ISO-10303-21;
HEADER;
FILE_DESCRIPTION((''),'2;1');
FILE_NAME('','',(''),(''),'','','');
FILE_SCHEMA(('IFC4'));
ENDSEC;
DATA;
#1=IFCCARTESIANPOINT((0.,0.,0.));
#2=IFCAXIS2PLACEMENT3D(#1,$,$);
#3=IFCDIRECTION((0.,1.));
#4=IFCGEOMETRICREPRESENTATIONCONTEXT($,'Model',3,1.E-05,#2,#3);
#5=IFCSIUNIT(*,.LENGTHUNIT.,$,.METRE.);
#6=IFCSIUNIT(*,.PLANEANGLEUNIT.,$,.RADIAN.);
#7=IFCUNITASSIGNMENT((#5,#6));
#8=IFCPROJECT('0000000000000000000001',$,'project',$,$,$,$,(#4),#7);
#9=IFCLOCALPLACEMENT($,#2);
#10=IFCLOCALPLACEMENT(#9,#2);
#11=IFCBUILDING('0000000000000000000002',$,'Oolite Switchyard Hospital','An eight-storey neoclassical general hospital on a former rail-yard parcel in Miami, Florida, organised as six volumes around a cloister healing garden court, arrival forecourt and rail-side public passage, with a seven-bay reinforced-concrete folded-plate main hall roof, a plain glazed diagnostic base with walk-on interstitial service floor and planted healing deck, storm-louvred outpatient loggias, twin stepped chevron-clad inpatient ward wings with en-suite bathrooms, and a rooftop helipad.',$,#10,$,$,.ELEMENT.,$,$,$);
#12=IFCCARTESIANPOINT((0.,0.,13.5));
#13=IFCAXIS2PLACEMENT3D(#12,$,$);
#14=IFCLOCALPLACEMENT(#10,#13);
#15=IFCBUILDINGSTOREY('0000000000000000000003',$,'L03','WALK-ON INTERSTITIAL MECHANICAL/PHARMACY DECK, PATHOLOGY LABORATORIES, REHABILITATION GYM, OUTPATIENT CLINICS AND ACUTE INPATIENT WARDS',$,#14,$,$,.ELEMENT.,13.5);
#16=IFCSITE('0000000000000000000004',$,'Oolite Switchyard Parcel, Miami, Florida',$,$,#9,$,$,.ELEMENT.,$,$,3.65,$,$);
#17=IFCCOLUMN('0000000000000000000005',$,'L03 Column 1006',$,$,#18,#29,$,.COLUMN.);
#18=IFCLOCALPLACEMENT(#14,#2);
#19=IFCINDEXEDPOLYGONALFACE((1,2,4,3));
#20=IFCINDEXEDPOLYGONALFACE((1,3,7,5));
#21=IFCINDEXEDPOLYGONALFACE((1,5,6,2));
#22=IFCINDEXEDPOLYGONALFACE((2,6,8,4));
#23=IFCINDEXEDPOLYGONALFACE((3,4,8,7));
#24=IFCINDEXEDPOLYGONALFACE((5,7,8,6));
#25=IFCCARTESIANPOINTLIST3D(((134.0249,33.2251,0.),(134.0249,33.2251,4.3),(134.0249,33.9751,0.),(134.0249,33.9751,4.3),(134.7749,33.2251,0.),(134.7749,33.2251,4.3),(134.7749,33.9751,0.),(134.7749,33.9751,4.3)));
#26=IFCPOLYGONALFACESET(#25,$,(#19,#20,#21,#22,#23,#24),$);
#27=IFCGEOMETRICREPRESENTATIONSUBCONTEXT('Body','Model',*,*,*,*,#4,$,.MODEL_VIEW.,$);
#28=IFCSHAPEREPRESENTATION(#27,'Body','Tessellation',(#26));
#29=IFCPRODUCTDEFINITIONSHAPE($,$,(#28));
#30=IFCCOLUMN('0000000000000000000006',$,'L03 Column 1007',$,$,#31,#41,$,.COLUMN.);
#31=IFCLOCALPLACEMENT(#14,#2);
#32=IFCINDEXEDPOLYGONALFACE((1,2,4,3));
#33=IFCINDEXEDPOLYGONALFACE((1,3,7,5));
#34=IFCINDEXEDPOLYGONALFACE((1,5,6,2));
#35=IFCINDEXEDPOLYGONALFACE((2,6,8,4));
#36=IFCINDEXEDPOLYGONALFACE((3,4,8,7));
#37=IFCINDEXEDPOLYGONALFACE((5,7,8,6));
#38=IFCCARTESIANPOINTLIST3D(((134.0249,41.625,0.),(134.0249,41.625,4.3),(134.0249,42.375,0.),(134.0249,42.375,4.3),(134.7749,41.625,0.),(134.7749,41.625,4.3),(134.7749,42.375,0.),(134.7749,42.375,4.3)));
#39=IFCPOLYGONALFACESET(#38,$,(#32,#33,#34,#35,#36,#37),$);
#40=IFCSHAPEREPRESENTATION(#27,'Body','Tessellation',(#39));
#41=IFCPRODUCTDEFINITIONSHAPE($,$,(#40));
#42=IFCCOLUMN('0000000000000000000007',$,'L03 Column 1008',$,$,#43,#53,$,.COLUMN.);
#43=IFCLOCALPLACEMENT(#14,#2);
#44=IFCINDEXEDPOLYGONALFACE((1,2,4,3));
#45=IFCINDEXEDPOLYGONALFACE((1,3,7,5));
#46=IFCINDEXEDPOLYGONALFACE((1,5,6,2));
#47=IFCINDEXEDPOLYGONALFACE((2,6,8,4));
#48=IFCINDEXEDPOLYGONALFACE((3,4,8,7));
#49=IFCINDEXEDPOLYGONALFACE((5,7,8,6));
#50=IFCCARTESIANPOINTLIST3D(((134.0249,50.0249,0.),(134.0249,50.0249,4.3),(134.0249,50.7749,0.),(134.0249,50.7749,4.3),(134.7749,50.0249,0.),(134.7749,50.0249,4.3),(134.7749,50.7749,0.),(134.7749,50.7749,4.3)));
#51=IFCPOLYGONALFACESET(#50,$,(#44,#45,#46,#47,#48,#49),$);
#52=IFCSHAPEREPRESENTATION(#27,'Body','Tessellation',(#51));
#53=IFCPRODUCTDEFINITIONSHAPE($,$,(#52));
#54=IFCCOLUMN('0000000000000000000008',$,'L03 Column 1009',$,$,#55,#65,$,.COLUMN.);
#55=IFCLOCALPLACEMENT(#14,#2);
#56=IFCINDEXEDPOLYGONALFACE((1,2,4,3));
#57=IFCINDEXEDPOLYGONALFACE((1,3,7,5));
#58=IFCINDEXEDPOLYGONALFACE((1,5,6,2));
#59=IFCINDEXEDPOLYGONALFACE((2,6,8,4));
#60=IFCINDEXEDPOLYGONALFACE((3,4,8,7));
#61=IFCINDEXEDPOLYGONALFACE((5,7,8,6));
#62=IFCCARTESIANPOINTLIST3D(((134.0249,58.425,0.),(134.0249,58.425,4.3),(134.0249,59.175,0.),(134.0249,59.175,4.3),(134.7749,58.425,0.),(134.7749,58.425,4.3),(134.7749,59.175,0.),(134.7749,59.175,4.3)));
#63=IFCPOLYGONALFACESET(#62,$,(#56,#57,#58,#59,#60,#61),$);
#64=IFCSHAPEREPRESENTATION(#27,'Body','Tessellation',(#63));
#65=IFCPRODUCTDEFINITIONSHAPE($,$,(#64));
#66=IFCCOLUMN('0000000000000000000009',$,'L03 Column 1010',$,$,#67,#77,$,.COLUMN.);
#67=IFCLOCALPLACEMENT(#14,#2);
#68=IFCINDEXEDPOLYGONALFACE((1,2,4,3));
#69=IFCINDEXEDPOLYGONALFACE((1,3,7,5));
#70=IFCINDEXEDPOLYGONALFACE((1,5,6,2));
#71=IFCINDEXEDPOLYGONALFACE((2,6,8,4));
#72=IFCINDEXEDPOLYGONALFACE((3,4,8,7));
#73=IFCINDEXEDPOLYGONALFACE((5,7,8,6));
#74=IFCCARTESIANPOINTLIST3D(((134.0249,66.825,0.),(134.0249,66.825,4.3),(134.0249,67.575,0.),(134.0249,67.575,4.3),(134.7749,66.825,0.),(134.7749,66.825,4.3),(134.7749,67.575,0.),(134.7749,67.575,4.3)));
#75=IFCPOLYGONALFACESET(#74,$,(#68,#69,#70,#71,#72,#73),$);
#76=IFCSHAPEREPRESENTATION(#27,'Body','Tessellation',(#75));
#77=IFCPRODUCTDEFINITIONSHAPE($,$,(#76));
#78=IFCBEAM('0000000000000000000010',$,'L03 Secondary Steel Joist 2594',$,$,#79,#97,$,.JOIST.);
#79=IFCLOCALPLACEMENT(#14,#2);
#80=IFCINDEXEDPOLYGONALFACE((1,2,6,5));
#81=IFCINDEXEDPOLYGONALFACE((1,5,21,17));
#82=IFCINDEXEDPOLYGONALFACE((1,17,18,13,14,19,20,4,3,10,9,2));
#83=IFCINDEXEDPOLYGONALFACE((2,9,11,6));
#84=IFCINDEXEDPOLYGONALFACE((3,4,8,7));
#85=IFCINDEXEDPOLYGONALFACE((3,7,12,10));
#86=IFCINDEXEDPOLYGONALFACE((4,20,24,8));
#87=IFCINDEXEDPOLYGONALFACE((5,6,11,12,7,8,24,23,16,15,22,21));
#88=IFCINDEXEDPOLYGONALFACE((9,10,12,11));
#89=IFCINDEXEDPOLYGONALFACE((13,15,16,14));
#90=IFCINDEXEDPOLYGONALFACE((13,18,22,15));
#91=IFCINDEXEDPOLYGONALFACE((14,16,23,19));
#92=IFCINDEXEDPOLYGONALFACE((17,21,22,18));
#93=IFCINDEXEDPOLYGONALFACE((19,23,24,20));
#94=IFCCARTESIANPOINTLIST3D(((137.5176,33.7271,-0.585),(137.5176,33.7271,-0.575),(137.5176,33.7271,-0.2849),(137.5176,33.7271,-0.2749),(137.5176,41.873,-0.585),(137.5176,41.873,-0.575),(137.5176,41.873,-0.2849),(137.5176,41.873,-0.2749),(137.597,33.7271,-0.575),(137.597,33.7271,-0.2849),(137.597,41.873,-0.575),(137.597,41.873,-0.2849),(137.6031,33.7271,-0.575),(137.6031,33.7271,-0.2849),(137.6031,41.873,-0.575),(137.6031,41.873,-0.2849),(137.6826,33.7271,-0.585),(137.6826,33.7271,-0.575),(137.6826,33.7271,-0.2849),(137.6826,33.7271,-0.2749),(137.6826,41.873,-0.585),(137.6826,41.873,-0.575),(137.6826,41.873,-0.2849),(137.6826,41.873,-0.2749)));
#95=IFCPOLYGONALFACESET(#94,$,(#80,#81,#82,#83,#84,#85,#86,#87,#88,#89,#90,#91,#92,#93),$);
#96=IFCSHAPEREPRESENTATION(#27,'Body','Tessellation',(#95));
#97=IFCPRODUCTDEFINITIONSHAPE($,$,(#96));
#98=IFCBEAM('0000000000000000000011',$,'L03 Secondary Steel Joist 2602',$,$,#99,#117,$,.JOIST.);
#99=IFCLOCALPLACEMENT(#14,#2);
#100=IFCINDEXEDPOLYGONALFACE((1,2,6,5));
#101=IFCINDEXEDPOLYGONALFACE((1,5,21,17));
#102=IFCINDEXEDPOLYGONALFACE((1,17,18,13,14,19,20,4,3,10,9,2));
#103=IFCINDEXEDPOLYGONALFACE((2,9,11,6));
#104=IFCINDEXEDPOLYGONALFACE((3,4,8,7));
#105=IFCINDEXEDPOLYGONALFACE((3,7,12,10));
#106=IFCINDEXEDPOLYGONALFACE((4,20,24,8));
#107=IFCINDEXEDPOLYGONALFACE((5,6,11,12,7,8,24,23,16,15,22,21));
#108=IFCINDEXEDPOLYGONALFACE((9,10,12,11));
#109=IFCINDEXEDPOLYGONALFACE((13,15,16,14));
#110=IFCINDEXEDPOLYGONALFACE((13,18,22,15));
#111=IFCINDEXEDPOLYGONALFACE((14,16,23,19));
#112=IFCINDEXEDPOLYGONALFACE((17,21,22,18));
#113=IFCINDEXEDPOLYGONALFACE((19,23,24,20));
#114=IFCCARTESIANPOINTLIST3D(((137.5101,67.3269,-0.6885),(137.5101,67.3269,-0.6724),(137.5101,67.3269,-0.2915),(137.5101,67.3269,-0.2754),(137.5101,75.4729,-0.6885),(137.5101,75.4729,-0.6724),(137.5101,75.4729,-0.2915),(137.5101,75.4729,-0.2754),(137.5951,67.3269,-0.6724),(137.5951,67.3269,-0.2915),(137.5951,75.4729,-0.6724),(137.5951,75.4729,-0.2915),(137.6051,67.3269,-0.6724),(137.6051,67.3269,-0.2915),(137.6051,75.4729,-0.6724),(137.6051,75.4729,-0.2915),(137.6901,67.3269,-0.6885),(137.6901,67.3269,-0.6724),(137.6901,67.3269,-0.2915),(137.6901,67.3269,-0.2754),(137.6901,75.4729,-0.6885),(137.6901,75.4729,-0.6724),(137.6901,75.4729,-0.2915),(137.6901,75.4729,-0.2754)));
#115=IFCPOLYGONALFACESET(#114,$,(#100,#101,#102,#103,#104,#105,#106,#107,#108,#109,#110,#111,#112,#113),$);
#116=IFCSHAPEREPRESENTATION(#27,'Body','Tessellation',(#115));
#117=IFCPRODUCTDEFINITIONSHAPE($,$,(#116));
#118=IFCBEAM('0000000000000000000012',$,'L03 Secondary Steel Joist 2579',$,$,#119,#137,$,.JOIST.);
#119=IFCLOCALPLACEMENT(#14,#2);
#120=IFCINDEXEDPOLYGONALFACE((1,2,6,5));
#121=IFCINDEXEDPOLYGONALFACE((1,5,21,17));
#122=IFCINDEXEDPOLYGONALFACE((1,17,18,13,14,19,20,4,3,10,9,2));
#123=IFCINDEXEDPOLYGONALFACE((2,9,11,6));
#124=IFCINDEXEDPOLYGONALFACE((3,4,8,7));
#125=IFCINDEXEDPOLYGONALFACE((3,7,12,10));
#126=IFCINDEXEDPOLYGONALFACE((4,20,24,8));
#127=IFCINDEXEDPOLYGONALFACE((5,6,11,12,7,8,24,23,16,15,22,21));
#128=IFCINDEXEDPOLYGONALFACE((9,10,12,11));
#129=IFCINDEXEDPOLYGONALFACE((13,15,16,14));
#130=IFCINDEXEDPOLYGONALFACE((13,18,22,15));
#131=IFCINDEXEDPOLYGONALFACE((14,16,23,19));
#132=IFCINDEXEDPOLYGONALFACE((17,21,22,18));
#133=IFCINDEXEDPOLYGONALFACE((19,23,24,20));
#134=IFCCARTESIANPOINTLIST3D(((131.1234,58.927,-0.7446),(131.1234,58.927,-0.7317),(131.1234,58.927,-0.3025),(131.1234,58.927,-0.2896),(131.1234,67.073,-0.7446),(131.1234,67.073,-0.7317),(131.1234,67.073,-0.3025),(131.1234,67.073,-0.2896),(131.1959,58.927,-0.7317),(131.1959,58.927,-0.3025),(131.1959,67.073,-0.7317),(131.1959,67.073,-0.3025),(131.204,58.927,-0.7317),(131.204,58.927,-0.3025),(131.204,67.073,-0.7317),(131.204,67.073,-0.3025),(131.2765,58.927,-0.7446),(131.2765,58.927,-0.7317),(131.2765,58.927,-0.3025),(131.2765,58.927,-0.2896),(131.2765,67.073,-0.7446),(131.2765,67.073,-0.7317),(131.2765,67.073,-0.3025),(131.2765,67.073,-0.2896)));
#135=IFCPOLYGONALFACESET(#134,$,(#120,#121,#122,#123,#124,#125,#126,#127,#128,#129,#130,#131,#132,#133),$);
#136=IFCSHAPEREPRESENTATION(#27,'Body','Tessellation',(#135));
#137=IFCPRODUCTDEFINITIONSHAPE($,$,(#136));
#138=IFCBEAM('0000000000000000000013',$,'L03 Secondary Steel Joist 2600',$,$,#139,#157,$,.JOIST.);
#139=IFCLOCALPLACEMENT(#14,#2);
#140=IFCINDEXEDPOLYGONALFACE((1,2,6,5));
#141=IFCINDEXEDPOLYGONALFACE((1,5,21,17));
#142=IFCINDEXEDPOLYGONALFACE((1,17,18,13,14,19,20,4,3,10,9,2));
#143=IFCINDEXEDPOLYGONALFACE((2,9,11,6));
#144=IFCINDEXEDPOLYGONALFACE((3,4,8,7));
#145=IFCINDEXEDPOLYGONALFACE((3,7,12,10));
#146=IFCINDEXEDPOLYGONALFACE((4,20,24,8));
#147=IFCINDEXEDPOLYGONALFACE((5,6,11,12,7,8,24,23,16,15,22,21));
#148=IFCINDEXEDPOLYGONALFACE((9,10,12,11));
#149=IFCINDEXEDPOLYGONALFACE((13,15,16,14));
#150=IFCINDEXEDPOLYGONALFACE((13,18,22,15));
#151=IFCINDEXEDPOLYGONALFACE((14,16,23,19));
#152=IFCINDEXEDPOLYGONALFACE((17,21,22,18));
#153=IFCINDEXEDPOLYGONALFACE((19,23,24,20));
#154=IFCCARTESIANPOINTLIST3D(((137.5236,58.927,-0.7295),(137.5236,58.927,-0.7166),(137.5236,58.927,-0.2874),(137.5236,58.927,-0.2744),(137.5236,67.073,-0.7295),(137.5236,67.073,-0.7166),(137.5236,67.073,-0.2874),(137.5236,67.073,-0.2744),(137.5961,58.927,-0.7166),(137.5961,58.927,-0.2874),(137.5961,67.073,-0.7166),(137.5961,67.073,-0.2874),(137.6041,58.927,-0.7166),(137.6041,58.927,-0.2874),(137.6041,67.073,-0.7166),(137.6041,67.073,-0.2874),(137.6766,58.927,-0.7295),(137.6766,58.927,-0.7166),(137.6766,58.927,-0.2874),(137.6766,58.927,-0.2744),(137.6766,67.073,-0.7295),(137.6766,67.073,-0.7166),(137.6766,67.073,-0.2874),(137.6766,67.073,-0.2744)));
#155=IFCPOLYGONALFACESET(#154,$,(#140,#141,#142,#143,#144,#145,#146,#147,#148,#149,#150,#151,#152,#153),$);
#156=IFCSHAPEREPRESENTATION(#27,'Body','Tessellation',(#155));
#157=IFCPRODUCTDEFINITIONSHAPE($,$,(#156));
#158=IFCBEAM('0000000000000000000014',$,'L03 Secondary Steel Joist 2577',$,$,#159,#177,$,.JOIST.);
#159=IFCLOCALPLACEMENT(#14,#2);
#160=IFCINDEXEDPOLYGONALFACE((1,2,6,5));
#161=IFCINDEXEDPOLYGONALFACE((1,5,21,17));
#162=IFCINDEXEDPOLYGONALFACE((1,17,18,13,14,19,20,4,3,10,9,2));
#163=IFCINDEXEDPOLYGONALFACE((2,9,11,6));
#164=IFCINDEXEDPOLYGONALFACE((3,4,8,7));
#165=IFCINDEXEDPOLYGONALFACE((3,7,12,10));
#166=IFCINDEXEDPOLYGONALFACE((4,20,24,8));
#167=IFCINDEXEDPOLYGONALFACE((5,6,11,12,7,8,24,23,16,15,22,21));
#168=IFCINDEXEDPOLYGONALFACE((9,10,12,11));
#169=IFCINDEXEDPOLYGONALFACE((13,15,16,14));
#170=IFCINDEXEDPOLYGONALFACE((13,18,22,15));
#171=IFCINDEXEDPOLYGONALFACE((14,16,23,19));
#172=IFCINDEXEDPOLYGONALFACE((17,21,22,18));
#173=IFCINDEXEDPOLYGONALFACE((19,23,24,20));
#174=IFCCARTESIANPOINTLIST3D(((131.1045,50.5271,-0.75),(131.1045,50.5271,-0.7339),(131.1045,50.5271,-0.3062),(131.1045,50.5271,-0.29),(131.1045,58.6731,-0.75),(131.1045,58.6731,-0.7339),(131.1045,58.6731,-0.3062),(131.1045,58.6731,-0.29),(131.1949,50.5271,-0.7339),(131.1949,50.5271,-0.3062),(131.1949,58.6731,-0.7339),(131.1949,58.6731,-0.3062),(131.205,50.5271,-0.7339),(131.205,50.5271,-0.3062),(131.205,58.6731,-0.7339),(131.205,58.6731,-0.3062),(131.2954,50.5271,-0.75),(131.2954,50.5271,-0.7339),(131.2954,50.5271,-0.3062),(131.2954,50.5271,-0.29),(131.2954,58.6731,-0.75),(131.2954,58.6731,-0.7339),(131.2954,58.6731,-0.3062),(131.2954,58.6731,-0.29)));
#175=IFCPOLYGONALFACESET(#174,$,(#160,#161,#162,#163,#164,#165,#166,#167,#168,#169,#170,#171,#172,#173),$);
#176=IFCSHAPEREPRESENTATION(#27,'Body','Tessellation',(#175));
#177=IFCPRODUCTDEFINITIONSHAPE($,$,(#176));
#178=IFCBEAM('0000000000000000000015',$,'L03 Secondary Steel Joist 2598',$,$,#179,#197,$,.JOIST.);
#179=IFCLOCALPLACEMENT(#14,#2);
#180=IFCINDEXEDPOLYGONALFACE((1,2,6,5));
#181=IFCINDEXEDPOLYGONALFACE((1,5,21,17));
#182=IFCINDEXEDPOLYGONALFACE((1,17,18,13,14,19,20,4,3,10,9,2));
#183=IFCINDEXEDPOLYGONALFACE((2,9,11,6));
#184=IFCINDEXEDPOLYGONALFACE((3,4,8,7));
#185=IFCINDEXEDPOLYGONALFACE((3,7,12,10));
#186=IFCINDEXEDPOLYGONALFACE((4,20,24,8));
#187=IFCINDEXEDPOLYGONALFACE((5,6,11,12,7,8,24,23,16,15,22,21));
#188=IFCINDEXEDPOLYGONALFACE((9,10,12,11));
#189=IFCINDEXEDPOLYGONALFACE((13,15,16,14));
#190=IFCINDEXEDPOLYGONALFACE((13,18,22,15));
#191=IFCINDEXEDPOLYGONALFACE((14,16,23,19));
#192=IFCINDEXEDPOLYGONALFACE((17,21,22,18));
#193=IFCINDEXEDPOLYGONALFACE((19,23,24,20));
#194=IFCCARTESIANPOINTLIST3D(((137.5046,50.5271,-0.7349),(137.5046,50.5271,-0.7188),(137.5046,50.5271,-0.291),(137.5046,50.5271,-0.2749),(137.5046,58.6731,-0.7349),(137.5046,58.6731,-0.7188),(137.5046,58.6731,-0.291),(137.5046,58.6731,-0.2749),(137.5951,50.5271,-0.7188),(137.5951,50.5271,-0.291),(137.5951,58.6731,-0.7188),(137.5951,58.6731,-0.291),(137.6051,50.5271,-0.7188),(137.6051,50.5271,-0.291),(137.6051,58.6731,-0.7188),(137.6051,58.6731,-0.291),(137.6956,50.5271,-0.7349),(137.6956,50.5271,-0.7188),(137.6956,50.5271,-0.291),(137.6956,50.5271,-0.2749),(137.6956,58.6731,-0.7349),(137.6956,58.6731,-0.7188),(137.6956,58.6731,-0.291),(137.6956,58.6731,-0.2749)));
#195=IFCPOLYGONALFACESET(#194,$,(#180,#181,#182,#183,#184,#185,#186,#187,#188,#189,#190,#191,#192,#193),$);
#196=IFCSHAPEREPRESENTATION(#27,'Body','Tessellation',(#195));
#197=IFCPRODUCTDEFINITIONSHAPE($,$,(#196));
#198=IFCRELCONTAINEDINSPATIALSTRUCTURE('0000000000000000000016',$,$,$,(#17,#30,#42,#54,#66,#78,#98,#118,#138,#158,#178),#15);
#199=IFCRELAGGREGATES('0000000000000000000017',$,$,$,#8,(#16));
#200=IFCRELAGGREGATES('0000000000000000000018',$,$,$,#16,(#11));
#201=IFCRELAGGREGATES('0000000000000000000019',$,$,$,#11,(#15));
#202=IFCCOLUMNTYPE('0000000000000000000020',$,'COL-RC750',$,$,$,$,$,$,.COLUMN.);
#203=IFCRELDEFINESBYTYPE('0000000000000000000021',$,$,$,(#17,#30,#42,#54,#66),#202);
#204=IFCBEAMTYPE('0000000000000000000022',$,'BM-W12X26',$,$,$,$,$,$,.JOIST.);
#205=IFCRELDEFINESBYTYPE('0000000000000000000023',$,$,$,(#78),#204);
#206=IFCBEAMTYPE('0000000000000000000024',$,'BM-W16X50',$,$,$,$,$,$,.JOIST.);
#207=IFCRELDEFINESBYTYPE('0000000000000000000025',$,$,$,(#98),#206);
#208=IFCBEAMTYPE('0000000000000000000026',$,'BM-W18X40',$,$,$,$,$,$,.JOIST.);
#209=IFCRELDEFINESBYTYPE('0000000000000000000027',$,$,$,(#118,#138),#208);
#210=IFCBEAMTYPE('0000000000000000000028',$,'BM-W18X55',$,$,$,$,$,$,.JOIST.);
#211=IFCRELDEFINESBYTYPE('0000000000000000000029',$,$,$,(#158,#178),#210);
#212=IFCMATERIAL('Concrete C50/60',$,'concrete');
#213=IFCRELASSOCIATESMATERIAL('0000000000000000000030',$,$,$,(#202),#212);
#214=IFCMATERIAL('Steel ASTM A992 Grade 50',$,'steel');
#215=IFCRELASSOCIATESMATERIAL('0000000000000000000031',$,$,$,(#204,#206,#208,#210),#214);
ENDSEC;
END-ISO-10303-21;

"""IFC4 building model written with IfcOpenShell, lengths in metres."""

from ifc_helpers import new_model, si_unit, direction, frame, origin, origin_2d, place, context, subcontext, project, spatial, rectangle, i_section, extrude, material, material_profile, profile_set, type_object, element, save


model = new_model("IFC4")

# Units and contexts
model_context = context("Model", 3, precision=1e-05, world=origin(), true_north=direction((0.0, 1.0)))
body_context = subcontext(model_context, "Body", "Model", "MODEL_VIEW")
ifc_project = project(units=[si_unit("LENGTHUNIT", "METRE"), si_unit("PLANEANGLEUNIT", "RADIAN")], contexts=[model_context])

# Site, building, storey
site_placement = place(None, origin())
site = spatial("IfcSite", under=ifc_project, at=site_placement, Name="Oolite Switchyard Parcel, Miami, Florida", CompositionType="ELEMENT", RefElevation=3.65)
building_placement = place(site_placement, origin())
building = spatial("IfcBuilding", under=site, at=building_placement, Name="Oolite Switchyard Hospital", Description="An eight-storey neoclassical general hospital on a former rail-yard parcel in Miami, Florida, organised as six volumes around a cloister healing garden court, arrival forecourt and rail-side public passage, with a seven-bay reinforced-concrete folded-plate main hall roof, a plain glazed diagnostic base with walk-on interstitial service floor and planted healing deck, storm-louvred outpatient loggias, twin stepped chevron-clad inpatient ward wings with en-suite bathrooms, and a rooftop helipad.", CompositionType="ELEMENT")
storey_placement = place(building_placement, frame((0.0, 0.0, 13.5)))
storey = spatial("IfcBuildingStorey", under=building, at=storey_placement, Name="L03", Description="WALK-ON INTERSTITIAL MECHANICAL/PHARMACY DECK, PATHOLOGY LABORATORIES, REHABILITATION GYM, OUTPATIENT CLINICS AND ACUTE INPATIENT WARDS", CompositionType="ELEMENT", Elevation=13.5)

# Columns
ifc_material_1 = material(Name="Concrete C50/60", Category="concrete")
ifc_material_profile_1 = material_profile(ifc_material_1, rectangle(XDim=0.75, YDim=0.75, at=origin_2d()), Name="RC750X750")
ifc_profile_set_1 = profile_set([ifc_material_profile_1], Name="Concrete C50/60")
column_type = type_object("IfcColumnType", Name="COL-RC750", PredefinedType="COLUMN", material=ifc_profile_set_1)
for number, where, z_axis, x_axis, name in (
    (1, (134.3999, 33.6001, 0.0), (0.0, 0.0, 1.0), (1.0, 0.0, 0.0), "L03 Column 1006"),
    (2, (134.3999, 42.0, 0.0), (0.0, 0.0, 1.0), (1.0, 0.0, 0.0), "L03 Column 1007"),
    (3, (134.3999, 50.3999, 0.0), (0.0, 0.0, 1.0), (1.0, 0.0, 0.0), "L03 Column 1008"),
    (4, (134.3999, 58.8, 0.0), (0.0, 0.0, 1.0), (1.0, 0.0, 0.0), "L03 Column 1009"),
    (5, (134.3999, 67.2, 0.0), (0.0, 0.0, 1.0), (1.0, 0.0, 0.0), "L03 Column 1010"),
):
    element("IfcColumn", number, at=place(storey_placement, frame(where, z_axis=z_axis, x_axis=x_axis)), inside=storey, type_object=column_type, Name=name, PredefinedType="COLUMN", context=body_context, shape_type="SweptSolid", body=[
        extrude(rectangle(XDim=0.75, YDim=0.75, at=origin_2d()), origin(), (0.0, 0.0, 1.0), 4.3),
    ])

# Beams
ifc_material_2 = material(Name="Steel ASTM A992 Grade 50", Category="steel")
ifc_material_profile_2 = material_profile(ifc_material_2, i_section(OverallWidth=0.165, OverallDepth=0.3101, WebThickness=0.0061, FlangeThickness=0.01, at=origin_2d()), Name="W12X26")
ifc_profile_set_2 = profile_set([ifc_material_profile_2], Name="Steel ASTM A992 Grade 50")
beam_type_1 = type_object("IfcBeamType", Name="BM-W12X26", PredefinedType="JOIST", material=ifc_profile_set_2)
beam_1_placement = place(storey_placement, frame((137.6001, 33.7271, -0.4299), z_axis=(0.0, 1.0, 0.0), x_axis=(-1.0, 0.0, 0.0)))
element("IfcBeam", 6, at=beam_1_placement, inside=storey, type_object=beam_type_1, Name="L03 Secondary Steel Joist 2594", PredefinedType="JOIST", context=body_context, shape_type="SweptSolid", body=[
    extrude(i_section(OverallWidth=0.165, OverallDepth=0.3101, WebThickness=0.0061, FlangeThickness=0.01, at=origin_2d()), origin(), (0.0, 0.0, 1.0), 8.146),
])
ifc_material_profile_3 = material_profile(ifc_material_2, i_section(OverallWidth=0.1799, OverallDepth=0.4131, WebThickness=0.01, FlangeThickness=0.0161, at=origin_2d()), Name="W16X50")
ifc_profile_set_3 = profile_set([ifc_material_profile_3], Name="Steel ASTM A992 Grade 50")
beam_type_2 = type_object("IfcBeamType", Name="BM-W16X50", PredefinedType="JOIST", material=ifc_profile_set_3)
beam_2_placement = place(storey_placement, frame((137.6001, 67.3269, -0.4819), z_axis=(0.0, 1.0, 0.0), x_axis=(-1.0, 0.0, 0.0)))
element("IfcBeam", 7, at=beam_2_placement, inside=storey, type_object=beam_type_2, Name="L03 Secondary Steel Joist 2602", PredefinedType="JOIST", context=body_context, shape_type="SweptSolid", body=[
    extrude(i_section(OverallWidth=0.1799, OverallDepth=0.4131, WebThickness=0.01, FlangeThickness=0.0161, at=origin_2d()), origin(), (0.0, 0.0, 1.0), 8.146),
])
ifc_material_profile_4 = material_profile(ifc_material_2, i_section(OverallWidth=0.1531, OverallDepth=0.4551, WebThickness=0.0081, FlangeThickness=0.0129, at=origin_2d()), Name="W18X40")
ifc_profile_set_4 = profile_set([ifc_material_profile_4], Name="Steel ASTM A992 Grade 50")
beam_type_3 = type_object("IfcBeamType", Name="BM-W18X40", PredefinedType="JOIST", material=ifc_profile_set_4)
for number, where, z_axis, x_axis, name in (
    (8, (131.2, 58.927, -0.5171), (0.0, 1.0, 0.0), (-1.0, 0.0, 0.0), "L03 Secondary Steel Joist 2579"),
    (9, (137.6001, 58.927, -0.502), (0.0, 1.0, 0.0), (-1.0, 0.0, 0.0), "L03 Secondary Steel Joist 2600"),
):
    element("IfcBeam", number, at=place(storey_placement, frame(where, z_axis=z_axis, x_axis=x_axis)), inside=storey, type_object=beam_type_3, Name=name, PredefinedType="JOIST", context=body_context, shape_type="SweptSolid", body=[
        extrude(i_section(OverallWidth=0.1531, OverallDepth=0.4551, WebThickness=0.0081, FlangeThickness=0.0129, at=origin_2d()), origin(), (0.0, 0.0, 1.0), 8.146),
    ])
ifc_material_profile_5 = material_profile(ifc_material_2, i_section(OverallWidth=0.1909, OverallDepth=0.46, WebThickness=0.01, FlangeThickness=0.0161, at=origin_2d()), Name="W18X55")
ifc_profile_set_5 = profile_set([ifc_material_profile_5], Name="Steel ASTM A992 Grade 50")
beam_type_4 = type_object("IfcBeamType", Name="BM-W18X55", PredefinedType="JOIST", material=ifc_profile_set_5)
for number, where, z_axis, x_axis, name in (
    (10, (131.2, 50.5271, -0.52), (0.0, 1.0, 0.0), (-1.0, 0.0, 0.0), "L03 Secondary Steel Joist 2577"),
    (11, (137.6001, 50.5271, -0.5049), (0.0, 1.0, 0.0), (-1.0, 0.0, 0.0), "L03 Secondary Steel Joist 2598"),
):
    element("IfcBeam", number, at=place(storey_placement, frame(where, z_axis=z_axis, x_axis=x_axis)), inside=storey, type_object=beam_type_4, Name=name, PredefinedType="JOIST", context=body_context, shape_type="SweptSolid", body=[
        extrude(i_section(OverallWidth=0.1909, OverallDepth=0.46, WebThickness=0.01, FlangeThickness=0.0161, at=origin_2d()), origin(), (0.0, 0.0, 1.0), 8.146),
    ])

save(model, "model.ifc")
